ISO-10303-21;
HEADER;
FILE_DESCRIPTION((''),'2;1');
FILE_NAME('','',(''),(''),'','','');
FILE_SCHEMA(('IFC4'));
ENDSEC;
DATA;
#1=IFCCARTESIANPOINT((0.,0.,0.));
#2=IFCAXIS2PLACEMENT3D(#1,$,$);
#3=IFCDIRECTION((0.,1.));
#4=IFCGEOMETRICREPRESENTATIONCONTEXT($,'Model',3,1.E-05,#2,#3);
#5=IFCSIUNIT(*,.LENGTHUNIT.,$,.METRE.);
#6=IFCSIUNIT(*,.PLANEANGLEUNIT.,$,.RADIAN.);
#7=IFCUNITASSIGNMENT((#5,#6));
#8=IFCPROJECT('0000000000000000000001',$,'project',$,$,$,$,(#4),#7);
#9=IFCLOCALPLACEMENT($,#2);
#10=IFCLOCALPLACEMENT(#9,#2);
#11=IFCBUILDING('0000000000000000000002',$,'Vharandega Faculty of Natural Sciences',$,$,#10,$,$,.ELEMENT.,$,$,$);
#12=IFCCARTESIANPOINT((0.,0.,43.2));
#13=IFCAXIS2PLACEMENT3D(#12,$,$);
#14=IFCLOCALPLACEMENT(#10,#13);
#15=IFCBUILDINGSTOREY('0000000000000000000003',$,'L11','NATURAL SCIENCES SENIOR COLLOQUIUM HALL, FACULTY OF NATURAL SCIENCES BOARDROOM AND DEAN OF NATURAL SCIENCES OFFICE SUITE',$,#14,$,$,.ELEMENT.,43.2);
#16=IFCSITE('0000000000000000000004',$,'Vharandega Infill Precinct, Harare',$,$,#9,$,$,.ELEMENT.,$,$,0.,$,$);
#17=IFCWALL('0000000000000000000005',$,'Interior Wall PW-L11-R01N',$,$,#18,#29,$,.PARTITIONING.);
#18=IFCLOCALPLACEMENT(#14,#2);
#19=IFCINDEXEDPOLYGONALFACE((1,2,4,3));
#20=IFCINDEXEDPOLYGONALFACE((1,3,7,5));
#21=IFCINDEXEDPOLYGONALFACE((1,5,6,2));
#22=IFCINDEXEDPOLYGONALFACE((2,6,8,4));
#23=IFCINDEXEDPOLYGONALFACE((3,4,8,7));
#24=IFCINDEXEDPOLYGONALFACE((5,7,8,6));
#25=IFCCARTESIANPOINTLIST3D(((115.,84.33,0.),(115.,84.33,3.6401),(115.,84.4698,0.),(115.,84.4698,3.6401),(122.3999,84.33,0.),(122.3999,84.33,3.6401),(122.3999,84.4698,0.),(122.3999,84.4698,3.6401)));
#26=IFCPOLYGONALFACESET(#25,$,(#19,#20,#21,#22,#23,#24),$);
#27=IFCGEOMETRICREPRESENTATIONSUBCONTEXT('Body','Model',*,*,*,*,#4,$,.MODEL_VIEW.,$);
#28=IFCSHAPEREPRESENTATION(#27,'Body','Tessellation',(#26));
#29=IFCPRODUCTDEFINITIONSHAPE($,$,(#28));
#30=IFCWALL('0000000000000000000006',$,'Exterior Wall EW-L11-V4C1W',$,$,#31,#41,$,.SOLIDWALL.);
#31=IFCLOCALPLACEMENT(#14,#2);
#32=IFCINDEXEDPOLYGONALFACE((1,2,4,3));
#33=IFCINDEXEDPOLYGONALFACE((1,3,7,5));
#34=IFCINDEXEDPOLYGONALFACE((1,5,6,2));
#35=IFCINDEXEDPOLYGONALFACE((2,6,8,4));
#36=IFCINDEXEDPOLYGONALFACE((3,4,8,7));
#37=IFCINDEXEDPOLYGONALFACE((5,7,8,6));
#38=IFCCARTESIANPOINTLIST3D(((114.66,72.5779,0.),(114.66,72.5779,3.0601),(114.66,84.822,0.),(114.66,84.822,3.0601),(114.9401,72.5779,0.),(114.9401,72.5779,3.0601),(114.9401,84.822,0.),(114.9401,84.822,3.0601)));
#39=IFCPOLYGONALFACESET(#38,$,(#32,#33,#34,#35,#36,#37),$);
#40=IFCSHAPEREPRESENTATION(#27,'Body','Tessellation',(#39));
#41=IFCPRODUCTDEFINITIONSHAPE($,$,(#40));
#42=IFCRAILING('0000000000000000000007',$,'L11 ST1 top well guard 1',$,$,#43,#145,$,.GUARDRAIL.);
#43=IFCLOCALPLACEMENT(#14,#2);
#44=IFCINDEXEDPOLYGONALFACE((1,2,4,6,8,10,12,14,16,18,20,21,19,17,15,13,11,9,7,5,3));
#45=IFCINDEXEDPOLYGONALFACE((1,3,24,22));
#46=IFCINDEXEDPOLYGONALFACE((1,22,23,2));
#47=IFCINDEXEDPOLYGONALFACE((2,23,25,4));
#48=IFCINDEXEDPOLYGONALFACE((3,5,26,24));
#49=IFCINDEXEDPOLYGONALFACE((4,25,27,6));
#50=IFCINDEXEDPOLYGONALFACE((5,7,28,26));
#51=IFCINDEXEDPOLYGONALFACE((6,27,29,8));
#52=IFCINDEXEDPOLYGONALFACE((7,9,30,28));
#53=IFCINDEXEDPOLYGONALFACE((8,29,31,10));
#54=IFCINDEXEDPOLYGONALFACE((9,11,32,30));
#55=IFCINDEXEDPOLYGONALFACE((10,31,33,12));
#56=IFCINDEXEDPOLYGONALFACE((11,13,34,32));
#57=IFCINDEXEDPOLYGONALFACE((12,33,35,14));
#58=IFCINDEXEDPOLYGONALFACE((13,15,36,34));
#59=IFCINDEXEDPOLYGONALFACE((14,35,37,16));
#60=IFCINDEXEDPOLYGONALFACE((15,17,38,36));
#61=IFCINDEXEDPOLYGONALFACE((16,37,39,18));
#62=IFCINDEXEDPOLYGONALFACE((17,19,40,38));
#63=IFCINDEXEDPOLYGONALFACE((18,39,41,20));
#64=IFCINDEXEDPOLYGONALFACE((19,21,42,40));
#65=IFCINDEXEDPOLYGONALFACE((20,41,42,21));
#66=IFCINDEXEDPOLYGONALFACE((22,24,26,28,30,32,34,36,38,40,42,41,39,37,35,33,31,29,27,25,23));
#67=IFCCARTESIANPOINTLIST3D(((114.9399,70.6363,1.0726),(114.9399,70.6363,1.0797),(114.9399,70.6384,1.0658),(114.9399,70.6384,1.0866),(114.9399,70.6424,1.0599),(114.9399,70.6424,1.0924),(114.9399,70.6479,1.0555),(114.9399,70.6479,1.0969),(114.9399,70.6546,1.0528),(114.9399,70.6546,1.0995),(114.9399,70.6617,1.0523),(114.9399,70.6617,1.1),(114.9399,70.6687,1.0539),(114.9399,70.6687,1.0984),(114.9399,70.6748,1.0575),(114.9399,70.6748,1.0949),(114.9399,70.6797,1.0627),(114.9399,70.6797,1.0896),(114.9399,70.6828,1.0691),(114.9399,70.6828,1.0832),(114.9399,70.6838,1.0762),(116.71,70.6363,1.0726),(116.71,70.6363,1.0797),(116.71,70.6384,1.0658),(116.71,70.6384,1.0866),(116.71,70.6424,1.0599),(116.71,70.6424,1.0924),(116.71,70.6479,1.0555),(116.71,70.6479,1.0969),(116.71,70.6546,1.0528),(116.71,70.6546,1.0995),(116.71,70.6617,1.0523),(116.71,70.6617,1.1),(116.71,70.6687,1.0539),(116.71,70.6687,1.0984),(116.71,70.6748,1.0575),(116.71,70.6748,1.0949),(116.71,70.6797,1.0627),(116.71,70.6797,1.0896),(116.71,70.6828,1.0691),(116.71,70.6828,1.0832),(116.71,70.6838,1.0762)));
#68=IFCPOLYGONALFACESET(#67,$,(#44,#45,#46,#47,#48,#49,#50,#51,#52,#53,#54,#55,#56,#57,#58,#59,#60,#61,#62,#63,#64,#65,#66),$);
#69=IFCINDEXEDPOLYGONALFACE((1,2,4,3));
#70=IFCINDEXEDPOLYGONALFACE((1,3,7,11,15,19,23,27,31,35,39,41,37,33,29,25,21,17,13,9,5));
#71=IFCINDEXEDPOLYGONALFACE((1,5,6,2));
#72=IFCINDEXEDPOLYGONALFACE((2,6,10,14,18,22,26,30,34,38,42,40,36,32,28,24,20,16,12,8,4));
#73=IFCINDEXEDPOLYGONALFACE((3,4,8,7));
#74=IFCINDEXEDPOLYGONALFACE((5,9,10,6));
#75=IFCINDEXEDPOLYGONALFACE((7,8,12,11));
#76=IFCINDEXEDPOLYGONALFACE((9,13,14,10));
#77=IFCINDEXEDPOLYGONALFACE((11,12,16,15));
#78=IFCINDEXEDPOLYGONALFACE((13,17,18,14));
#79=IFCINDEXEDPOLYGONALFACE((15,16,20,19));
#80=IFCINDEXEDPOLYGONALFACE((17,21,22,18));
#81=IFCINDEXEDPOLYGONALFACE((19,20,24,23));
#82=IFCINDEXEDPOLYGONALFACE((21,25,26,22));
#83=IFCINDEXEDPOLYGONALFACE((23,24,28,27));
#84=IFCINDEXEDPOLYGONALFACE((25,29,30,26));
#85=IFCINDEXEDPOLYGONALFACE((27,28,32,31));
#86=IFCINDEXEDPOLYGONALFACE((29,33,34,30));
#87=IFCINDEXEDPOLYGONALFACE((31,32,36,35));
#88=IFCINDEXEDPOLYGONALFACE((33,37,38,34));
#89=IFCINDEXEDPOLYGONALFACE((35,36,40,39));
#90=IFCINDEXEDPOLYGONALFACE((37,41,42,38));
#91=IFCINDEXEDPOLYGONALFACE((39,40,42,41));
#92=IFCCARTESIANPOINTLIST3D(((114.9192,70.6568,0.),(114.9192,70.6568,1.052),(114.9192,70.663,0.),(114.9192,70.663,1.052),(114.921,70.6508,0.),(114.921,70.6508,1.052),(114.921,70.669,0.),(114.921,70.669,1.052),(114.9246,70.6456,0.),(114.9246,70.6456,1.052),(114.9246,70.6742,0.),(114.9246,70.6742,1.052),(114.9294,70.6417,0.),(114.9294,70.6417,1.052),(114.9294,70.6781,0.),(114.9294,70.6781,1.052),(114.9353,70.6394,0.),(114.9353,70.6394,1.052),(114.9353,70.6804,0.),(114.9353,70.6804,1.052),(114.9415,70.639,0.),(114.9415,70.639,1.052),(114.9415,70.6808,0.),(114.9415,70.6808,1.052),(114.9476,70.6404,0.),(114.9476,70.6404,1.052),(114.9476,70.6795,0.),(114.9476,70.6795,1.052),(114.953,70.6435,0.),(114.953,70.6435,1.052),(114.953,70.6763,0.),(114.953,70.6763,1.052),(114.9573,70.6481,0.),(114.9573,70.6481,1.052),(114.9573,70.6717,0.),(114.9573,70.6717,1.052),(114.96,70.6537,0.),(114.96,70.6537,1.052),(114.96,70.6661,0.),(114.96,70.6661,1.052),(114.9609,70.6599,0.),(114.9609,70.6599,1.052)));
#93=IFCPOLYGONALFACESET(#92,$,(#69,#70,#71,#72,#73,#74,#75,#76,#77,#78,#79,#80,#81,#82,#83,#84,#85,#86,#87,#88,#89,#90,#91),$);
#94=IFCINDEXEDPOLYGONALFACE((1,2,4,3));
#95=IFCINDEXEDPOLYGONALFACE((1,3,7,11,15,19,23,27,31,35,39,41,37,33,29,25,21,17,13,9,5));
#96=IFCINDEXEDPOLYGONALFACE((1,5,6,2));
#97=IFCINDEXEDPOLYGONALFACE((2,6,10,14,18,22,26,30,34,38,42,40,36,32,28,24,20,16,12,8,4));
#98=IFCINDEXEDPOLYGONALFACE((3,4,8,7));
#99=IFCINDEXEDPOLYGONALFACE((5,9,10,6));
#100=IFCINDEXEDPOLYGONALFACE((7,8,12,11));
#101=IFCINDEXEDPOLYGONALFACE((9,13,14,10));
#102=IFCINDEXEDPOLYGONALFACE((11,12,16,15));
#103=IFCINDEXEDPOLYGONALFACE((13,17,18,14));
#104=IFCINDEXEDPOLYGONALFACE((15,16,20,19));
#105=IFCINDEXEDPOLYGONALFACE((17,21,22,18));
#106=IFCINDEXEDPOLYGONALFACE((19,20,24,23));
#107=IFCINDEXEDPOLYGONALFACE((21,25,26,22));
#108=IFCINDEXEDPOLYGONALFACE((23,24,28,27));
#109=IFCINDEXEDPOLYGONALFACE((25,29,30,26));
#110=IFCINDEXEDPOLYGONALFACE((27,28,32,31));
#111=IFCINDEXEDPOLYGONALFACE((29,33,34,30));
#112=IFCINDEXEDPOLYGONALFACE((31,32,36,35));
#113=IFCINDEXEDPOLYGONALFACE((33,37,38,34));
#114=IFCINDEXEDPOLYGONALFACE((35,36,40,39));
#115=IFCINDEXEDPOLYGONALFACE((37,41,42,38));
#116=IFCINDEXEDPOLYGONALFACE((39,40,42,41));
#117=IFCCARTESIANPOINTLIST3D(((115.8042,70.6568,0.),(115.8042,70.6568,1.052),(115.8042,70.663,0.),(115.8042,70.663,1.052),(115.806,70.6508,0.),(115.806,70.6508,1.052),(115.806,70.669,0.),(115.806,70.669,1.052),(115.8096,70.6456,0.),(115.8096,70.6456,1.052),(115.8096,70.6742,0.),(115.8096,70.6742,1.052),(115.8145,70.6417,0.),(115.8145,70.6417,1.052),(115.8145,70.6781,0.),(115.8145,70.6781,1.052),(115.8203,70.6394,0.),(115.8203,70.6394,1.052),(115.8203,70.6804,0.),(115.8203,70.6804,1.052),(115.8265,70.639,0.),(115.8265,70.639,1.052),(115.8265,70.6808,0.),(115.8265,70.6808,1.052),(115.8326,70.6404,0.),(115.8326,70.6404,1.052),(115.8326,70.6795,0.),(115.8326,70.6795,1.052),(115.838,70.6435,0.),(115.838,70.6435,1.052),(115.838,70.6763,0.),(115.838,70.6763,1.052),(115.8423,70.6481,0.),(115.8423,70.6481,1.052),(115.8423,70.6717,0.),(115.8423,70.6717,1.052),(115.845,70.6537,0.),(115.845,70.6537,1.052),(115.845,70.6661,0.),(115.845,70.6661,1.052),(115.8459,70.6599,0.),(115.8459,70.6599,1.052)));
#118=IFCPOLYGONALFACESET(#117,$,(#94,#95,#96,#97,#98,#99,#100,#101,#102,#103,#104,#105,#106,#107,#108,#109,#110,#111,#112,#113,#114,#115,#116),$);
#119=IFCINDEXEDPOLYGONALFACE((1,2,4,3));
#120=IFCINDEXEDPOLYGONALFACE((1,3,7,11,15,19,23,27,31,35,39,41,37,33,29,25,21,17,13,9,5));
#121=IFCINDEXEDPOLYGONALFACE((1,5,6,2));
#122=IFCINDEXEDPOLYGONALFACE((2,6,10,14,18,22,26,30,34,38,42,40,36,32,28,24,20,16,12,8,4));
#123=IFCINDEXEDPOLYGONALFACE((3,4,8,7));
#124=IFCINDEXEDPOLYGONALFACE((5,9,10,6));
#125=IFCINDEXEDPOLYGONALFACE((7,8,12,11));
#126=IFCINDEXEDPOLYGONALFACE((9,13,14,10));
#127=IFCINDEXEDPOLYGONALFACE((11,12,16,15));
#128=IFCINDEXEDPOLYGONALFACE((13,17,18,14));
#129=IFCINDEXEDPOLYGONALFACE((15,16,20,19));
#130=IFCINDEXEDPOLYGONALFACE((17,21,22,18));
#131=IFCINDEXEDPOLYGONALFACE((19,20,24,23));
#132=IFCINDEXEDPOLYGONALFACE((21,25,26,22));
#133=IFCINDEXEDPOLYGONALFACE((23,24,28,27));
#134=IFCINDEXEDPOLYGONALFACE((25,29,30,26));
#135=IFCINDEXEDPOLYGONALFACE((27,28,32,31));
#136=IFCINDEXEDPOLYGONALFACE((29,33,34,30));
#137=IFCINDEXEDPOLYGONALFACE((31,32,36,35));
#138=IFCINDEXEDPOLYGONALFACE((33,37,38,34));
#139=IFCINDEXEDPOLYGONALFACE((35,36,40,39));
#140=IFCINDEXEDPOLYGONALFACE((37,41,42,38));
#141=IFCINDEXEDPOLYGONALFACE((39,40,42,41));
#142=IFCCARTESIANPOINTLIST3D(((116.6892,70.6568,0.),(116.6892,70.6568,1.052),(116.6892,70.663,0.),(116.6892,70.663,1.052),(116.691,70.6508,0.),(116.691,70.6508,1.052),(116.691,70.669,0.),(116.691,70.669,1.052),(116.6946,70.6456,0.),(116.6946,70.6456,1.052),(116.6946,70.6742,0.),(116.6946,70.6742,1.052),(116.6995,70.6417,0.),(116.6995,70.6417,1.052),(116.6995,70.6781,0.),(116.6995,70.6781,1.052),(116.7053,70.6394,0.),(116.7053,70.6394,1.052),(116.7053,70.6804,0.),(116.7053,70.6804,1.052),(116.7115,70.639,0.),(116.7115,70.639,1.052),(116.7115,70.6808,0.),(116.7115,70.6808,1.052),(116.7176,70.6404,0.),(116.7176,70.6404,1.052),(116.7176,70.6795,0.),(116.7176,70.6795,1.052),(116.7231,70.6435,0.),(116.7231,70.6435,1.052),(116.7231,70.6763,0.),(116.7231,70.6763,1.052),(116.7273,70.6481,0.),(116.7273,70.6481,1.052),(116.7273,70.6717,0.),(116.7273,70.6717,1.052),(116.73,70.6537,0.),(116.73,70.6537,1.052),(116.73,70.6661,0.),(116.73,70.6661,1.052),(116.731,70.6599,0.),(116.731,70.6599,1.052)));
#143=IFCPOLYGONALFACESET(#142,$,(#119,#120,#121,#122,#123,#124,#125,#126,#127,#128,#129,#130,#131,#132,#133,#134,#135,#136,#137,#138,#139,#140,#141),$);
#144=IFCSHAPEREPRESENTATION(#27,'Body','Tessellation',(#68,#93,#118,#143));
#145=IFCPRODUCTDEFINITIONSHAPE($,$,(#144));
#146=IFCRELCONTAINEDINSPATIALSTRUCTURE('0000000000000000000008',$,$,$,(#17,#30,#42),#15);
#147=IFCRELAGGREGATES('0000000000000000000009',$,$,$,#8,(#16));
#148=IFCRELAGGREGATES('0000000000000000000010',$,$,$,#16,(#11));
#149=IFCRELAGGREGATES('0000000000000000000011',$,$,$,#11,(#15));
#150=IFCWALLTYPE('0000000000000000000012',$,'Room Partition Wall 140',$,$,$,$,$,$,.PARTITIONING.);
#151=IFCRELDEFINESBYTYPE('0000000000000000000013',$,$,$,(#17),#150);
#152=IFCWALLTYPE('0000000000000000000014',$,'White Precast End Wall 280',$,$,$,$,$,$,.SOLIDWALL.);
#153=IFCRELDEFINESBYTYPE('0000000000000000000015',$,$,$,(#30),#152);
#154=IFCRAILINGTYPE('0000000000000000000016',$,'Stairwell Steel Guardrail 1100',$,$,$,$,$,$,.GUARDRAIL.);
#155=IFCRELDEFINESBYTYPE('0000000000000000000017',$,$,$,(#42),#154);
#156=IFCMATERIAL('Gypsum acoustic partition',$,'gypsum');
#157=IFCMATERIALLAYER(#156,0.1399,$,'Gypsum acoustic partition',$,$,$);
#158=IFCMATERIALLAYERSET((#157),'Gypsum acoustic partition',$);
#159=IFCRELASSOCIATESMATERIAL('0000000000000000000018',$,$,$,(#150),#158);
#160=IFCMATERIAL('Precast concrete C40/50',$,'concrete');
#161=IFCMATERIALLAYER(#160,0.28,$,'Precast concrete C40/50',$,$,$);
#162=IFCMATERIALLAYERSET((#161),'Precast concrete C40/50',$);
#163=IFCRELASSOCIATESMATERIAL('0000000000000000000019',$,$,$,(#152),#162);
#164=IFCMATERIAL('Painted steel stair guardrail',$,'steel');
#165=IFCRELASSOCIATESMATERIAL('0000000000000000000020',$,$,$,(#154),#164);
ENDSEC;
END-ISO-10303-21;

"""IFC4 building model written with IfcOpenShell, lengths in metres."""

from ifc_helpers import new_model, si_unit, direction, frame, frame_2d, origin, origin_2d, place, context, subcontext, project, spatial, rectangle, circle, extrude, material, layer, layer_set, type_object, element, save


model = new_model("IFC4")

# Units and contexts
model_context = context("Model", 3, precision=1e-05, world=origin(), true_north=direction((0.0, 1.0)))
body_context = subcontext(model_context, "Body", "Model", "MODEL_VIEW")
ifc_project = project(units=[si_unit("LENGTHUNIT", "METRE"), si_unit("PLANEANGLEUNIT", "RADIAN")], contexts=[model_context])

# Site, building, storey
site_placement = place(None, origin())
site = spatial("IfcSite", under=ifc_project, at=site_placement, Name="Vharandega Infill Precinct, Harare", CompositionType="ELEMENT", RefElevation=0.0)
building_placement = place(site_placement, origin())
building = spatial("IfcBuilding", under=site, at=building_placement, Name="Vharandega Faculty of Natural Sciences", CompositionType="ELEMENT")
storey_placement = place(building_placement, frame((0.0, 0.0, 43.2)))
storey = spatial("IfcBuildingStorey", under=building, at=storey_placement, Name="L11", Description="NATURAL SCIENCES SENIOR COLLOQUIUM HALL, FACULTY OF NATURAL SCIENCES BOARDROOM AND DEAN OF NATURAL SCIENCES OFFICE SUITE", CompositionType="ELEMENT", Elevation=43.2)

# Shared definitions
ifc_material_1 = material(Name="Gypsum acoustic partition", Category="gypsum")
ifc_layer_1 = layer(ifc_material_1, 0.1399, Name="Gypsum acoustic partition")
ifc_layer_set_1 = layer_set([ifc_layer_1], Name="Gypsum acoustic partition")
wall_type_1 = type_object("IfcWallType", Name="Room Partition Wall 140", PredefinedType="PARTITIONING", material=ifc_layer_set_1)

# Walls
wall_1_placement = place(storey_placement, frame((115.0, 84.3999, 0.0), z_axis=(0.0, 0.0, 1.0), x_axis=(1.0, 0.0, 0.0)))
element("IfcWall", 1, at=wall_1_placement, inside=storey, type_object=wall_type_1, Name="Interior Wall PW-L11-R01N", PredefinedType="PARTITIONING", context=body_context, shape_type="SweptSolid", body=[
    extrude(rectangle(XDim=7.3999, YDim=0.1399, at=frame_2d((3.7, 0.0))), origin(), (0.0, 0.0, 1.0), 3.6401),
])
ifc_material_2 = material(Name="Precast concrete C40/50", Category="concrete")
ifc_layer_2 = layer(ifc_material_2, 0.28, Name="Precast concrete C40/50")
ifc_layer_set_2 = layer_set([ifc_layer_2], Name="Precast concrete C40/50")
wall_type_2 = type_object("IfcWallType", Name="White Precast End Wall 280", PredefinedType="SOLIDWALL", material=ifc_layer_set_2)
wall_2_placement = place(storey_placement, frame((114.8, 72.5779, 0.0), z_axis=(0.0, 0.0, 1.0), x_axis=(0.0, 1.0, 0.0)))
element("IfcWall", 2, at=wall_2_placement, inside=storey, type_object=wall_type_2, Name="Exterior Wall EW-L11-V4C1W", PredefinedType="SOLIDWALL", context=body_context, shape_type="SweptSolid", body=[
    extrude(rectangle(XDim=12.2441, YDim=0.28, at=frame_2d((6.1221, 0.0))), origin(), (0.0, 0.0, 1.0), 3.0601),
])

# Railing
ifc_material_3 = material(Name="Painted steel stair guardrail", Category="steel")
railing_type_1 = type_object("IfcRailingType", Name="Stairwell Steel Guardrail 1100", PredefinedType="GUARDRAIL", material=ifc_material_3)
railing_1_placement = place(storey_placement, frame((114.9399, 70.6599, 0.0)))
element("IfcRailing", 3, at=railing_1_placement, inside=storey, type_object=railing_type_1, Name="L11 ST1 top well guard 1", PredefinedType="GUARDRAIL", context=body_context, shape_type="SweptSolid", body=[
    extrude(circle(Radius=0.0239, at=origin_2d()), frame((0.0, 0.0, 1.0762), z_axis=(1.0, 0.0, 0.0), x_axis=(0.0, 1.0, 0.0)), (0.0, 0.0, 1.0), 1.77),
    extrude(circle(Radius=0.021, at=origin_2d()), origin(), (0.0, 0.0, 1.0), 1.052),
    extrude(circle(Radius=0.021, at=origin_2d()), frame((0.885, 0.0, 0.0)), (0.0, 0.0, 1.0), 1.052),
    extrude(circle(Radius=0.021, at=origin_2d()), frame((1.77, 0.0, 0.0)), (0.0, 0.0, 1.0), 1.052),
])

save(model, "model.ifc")
